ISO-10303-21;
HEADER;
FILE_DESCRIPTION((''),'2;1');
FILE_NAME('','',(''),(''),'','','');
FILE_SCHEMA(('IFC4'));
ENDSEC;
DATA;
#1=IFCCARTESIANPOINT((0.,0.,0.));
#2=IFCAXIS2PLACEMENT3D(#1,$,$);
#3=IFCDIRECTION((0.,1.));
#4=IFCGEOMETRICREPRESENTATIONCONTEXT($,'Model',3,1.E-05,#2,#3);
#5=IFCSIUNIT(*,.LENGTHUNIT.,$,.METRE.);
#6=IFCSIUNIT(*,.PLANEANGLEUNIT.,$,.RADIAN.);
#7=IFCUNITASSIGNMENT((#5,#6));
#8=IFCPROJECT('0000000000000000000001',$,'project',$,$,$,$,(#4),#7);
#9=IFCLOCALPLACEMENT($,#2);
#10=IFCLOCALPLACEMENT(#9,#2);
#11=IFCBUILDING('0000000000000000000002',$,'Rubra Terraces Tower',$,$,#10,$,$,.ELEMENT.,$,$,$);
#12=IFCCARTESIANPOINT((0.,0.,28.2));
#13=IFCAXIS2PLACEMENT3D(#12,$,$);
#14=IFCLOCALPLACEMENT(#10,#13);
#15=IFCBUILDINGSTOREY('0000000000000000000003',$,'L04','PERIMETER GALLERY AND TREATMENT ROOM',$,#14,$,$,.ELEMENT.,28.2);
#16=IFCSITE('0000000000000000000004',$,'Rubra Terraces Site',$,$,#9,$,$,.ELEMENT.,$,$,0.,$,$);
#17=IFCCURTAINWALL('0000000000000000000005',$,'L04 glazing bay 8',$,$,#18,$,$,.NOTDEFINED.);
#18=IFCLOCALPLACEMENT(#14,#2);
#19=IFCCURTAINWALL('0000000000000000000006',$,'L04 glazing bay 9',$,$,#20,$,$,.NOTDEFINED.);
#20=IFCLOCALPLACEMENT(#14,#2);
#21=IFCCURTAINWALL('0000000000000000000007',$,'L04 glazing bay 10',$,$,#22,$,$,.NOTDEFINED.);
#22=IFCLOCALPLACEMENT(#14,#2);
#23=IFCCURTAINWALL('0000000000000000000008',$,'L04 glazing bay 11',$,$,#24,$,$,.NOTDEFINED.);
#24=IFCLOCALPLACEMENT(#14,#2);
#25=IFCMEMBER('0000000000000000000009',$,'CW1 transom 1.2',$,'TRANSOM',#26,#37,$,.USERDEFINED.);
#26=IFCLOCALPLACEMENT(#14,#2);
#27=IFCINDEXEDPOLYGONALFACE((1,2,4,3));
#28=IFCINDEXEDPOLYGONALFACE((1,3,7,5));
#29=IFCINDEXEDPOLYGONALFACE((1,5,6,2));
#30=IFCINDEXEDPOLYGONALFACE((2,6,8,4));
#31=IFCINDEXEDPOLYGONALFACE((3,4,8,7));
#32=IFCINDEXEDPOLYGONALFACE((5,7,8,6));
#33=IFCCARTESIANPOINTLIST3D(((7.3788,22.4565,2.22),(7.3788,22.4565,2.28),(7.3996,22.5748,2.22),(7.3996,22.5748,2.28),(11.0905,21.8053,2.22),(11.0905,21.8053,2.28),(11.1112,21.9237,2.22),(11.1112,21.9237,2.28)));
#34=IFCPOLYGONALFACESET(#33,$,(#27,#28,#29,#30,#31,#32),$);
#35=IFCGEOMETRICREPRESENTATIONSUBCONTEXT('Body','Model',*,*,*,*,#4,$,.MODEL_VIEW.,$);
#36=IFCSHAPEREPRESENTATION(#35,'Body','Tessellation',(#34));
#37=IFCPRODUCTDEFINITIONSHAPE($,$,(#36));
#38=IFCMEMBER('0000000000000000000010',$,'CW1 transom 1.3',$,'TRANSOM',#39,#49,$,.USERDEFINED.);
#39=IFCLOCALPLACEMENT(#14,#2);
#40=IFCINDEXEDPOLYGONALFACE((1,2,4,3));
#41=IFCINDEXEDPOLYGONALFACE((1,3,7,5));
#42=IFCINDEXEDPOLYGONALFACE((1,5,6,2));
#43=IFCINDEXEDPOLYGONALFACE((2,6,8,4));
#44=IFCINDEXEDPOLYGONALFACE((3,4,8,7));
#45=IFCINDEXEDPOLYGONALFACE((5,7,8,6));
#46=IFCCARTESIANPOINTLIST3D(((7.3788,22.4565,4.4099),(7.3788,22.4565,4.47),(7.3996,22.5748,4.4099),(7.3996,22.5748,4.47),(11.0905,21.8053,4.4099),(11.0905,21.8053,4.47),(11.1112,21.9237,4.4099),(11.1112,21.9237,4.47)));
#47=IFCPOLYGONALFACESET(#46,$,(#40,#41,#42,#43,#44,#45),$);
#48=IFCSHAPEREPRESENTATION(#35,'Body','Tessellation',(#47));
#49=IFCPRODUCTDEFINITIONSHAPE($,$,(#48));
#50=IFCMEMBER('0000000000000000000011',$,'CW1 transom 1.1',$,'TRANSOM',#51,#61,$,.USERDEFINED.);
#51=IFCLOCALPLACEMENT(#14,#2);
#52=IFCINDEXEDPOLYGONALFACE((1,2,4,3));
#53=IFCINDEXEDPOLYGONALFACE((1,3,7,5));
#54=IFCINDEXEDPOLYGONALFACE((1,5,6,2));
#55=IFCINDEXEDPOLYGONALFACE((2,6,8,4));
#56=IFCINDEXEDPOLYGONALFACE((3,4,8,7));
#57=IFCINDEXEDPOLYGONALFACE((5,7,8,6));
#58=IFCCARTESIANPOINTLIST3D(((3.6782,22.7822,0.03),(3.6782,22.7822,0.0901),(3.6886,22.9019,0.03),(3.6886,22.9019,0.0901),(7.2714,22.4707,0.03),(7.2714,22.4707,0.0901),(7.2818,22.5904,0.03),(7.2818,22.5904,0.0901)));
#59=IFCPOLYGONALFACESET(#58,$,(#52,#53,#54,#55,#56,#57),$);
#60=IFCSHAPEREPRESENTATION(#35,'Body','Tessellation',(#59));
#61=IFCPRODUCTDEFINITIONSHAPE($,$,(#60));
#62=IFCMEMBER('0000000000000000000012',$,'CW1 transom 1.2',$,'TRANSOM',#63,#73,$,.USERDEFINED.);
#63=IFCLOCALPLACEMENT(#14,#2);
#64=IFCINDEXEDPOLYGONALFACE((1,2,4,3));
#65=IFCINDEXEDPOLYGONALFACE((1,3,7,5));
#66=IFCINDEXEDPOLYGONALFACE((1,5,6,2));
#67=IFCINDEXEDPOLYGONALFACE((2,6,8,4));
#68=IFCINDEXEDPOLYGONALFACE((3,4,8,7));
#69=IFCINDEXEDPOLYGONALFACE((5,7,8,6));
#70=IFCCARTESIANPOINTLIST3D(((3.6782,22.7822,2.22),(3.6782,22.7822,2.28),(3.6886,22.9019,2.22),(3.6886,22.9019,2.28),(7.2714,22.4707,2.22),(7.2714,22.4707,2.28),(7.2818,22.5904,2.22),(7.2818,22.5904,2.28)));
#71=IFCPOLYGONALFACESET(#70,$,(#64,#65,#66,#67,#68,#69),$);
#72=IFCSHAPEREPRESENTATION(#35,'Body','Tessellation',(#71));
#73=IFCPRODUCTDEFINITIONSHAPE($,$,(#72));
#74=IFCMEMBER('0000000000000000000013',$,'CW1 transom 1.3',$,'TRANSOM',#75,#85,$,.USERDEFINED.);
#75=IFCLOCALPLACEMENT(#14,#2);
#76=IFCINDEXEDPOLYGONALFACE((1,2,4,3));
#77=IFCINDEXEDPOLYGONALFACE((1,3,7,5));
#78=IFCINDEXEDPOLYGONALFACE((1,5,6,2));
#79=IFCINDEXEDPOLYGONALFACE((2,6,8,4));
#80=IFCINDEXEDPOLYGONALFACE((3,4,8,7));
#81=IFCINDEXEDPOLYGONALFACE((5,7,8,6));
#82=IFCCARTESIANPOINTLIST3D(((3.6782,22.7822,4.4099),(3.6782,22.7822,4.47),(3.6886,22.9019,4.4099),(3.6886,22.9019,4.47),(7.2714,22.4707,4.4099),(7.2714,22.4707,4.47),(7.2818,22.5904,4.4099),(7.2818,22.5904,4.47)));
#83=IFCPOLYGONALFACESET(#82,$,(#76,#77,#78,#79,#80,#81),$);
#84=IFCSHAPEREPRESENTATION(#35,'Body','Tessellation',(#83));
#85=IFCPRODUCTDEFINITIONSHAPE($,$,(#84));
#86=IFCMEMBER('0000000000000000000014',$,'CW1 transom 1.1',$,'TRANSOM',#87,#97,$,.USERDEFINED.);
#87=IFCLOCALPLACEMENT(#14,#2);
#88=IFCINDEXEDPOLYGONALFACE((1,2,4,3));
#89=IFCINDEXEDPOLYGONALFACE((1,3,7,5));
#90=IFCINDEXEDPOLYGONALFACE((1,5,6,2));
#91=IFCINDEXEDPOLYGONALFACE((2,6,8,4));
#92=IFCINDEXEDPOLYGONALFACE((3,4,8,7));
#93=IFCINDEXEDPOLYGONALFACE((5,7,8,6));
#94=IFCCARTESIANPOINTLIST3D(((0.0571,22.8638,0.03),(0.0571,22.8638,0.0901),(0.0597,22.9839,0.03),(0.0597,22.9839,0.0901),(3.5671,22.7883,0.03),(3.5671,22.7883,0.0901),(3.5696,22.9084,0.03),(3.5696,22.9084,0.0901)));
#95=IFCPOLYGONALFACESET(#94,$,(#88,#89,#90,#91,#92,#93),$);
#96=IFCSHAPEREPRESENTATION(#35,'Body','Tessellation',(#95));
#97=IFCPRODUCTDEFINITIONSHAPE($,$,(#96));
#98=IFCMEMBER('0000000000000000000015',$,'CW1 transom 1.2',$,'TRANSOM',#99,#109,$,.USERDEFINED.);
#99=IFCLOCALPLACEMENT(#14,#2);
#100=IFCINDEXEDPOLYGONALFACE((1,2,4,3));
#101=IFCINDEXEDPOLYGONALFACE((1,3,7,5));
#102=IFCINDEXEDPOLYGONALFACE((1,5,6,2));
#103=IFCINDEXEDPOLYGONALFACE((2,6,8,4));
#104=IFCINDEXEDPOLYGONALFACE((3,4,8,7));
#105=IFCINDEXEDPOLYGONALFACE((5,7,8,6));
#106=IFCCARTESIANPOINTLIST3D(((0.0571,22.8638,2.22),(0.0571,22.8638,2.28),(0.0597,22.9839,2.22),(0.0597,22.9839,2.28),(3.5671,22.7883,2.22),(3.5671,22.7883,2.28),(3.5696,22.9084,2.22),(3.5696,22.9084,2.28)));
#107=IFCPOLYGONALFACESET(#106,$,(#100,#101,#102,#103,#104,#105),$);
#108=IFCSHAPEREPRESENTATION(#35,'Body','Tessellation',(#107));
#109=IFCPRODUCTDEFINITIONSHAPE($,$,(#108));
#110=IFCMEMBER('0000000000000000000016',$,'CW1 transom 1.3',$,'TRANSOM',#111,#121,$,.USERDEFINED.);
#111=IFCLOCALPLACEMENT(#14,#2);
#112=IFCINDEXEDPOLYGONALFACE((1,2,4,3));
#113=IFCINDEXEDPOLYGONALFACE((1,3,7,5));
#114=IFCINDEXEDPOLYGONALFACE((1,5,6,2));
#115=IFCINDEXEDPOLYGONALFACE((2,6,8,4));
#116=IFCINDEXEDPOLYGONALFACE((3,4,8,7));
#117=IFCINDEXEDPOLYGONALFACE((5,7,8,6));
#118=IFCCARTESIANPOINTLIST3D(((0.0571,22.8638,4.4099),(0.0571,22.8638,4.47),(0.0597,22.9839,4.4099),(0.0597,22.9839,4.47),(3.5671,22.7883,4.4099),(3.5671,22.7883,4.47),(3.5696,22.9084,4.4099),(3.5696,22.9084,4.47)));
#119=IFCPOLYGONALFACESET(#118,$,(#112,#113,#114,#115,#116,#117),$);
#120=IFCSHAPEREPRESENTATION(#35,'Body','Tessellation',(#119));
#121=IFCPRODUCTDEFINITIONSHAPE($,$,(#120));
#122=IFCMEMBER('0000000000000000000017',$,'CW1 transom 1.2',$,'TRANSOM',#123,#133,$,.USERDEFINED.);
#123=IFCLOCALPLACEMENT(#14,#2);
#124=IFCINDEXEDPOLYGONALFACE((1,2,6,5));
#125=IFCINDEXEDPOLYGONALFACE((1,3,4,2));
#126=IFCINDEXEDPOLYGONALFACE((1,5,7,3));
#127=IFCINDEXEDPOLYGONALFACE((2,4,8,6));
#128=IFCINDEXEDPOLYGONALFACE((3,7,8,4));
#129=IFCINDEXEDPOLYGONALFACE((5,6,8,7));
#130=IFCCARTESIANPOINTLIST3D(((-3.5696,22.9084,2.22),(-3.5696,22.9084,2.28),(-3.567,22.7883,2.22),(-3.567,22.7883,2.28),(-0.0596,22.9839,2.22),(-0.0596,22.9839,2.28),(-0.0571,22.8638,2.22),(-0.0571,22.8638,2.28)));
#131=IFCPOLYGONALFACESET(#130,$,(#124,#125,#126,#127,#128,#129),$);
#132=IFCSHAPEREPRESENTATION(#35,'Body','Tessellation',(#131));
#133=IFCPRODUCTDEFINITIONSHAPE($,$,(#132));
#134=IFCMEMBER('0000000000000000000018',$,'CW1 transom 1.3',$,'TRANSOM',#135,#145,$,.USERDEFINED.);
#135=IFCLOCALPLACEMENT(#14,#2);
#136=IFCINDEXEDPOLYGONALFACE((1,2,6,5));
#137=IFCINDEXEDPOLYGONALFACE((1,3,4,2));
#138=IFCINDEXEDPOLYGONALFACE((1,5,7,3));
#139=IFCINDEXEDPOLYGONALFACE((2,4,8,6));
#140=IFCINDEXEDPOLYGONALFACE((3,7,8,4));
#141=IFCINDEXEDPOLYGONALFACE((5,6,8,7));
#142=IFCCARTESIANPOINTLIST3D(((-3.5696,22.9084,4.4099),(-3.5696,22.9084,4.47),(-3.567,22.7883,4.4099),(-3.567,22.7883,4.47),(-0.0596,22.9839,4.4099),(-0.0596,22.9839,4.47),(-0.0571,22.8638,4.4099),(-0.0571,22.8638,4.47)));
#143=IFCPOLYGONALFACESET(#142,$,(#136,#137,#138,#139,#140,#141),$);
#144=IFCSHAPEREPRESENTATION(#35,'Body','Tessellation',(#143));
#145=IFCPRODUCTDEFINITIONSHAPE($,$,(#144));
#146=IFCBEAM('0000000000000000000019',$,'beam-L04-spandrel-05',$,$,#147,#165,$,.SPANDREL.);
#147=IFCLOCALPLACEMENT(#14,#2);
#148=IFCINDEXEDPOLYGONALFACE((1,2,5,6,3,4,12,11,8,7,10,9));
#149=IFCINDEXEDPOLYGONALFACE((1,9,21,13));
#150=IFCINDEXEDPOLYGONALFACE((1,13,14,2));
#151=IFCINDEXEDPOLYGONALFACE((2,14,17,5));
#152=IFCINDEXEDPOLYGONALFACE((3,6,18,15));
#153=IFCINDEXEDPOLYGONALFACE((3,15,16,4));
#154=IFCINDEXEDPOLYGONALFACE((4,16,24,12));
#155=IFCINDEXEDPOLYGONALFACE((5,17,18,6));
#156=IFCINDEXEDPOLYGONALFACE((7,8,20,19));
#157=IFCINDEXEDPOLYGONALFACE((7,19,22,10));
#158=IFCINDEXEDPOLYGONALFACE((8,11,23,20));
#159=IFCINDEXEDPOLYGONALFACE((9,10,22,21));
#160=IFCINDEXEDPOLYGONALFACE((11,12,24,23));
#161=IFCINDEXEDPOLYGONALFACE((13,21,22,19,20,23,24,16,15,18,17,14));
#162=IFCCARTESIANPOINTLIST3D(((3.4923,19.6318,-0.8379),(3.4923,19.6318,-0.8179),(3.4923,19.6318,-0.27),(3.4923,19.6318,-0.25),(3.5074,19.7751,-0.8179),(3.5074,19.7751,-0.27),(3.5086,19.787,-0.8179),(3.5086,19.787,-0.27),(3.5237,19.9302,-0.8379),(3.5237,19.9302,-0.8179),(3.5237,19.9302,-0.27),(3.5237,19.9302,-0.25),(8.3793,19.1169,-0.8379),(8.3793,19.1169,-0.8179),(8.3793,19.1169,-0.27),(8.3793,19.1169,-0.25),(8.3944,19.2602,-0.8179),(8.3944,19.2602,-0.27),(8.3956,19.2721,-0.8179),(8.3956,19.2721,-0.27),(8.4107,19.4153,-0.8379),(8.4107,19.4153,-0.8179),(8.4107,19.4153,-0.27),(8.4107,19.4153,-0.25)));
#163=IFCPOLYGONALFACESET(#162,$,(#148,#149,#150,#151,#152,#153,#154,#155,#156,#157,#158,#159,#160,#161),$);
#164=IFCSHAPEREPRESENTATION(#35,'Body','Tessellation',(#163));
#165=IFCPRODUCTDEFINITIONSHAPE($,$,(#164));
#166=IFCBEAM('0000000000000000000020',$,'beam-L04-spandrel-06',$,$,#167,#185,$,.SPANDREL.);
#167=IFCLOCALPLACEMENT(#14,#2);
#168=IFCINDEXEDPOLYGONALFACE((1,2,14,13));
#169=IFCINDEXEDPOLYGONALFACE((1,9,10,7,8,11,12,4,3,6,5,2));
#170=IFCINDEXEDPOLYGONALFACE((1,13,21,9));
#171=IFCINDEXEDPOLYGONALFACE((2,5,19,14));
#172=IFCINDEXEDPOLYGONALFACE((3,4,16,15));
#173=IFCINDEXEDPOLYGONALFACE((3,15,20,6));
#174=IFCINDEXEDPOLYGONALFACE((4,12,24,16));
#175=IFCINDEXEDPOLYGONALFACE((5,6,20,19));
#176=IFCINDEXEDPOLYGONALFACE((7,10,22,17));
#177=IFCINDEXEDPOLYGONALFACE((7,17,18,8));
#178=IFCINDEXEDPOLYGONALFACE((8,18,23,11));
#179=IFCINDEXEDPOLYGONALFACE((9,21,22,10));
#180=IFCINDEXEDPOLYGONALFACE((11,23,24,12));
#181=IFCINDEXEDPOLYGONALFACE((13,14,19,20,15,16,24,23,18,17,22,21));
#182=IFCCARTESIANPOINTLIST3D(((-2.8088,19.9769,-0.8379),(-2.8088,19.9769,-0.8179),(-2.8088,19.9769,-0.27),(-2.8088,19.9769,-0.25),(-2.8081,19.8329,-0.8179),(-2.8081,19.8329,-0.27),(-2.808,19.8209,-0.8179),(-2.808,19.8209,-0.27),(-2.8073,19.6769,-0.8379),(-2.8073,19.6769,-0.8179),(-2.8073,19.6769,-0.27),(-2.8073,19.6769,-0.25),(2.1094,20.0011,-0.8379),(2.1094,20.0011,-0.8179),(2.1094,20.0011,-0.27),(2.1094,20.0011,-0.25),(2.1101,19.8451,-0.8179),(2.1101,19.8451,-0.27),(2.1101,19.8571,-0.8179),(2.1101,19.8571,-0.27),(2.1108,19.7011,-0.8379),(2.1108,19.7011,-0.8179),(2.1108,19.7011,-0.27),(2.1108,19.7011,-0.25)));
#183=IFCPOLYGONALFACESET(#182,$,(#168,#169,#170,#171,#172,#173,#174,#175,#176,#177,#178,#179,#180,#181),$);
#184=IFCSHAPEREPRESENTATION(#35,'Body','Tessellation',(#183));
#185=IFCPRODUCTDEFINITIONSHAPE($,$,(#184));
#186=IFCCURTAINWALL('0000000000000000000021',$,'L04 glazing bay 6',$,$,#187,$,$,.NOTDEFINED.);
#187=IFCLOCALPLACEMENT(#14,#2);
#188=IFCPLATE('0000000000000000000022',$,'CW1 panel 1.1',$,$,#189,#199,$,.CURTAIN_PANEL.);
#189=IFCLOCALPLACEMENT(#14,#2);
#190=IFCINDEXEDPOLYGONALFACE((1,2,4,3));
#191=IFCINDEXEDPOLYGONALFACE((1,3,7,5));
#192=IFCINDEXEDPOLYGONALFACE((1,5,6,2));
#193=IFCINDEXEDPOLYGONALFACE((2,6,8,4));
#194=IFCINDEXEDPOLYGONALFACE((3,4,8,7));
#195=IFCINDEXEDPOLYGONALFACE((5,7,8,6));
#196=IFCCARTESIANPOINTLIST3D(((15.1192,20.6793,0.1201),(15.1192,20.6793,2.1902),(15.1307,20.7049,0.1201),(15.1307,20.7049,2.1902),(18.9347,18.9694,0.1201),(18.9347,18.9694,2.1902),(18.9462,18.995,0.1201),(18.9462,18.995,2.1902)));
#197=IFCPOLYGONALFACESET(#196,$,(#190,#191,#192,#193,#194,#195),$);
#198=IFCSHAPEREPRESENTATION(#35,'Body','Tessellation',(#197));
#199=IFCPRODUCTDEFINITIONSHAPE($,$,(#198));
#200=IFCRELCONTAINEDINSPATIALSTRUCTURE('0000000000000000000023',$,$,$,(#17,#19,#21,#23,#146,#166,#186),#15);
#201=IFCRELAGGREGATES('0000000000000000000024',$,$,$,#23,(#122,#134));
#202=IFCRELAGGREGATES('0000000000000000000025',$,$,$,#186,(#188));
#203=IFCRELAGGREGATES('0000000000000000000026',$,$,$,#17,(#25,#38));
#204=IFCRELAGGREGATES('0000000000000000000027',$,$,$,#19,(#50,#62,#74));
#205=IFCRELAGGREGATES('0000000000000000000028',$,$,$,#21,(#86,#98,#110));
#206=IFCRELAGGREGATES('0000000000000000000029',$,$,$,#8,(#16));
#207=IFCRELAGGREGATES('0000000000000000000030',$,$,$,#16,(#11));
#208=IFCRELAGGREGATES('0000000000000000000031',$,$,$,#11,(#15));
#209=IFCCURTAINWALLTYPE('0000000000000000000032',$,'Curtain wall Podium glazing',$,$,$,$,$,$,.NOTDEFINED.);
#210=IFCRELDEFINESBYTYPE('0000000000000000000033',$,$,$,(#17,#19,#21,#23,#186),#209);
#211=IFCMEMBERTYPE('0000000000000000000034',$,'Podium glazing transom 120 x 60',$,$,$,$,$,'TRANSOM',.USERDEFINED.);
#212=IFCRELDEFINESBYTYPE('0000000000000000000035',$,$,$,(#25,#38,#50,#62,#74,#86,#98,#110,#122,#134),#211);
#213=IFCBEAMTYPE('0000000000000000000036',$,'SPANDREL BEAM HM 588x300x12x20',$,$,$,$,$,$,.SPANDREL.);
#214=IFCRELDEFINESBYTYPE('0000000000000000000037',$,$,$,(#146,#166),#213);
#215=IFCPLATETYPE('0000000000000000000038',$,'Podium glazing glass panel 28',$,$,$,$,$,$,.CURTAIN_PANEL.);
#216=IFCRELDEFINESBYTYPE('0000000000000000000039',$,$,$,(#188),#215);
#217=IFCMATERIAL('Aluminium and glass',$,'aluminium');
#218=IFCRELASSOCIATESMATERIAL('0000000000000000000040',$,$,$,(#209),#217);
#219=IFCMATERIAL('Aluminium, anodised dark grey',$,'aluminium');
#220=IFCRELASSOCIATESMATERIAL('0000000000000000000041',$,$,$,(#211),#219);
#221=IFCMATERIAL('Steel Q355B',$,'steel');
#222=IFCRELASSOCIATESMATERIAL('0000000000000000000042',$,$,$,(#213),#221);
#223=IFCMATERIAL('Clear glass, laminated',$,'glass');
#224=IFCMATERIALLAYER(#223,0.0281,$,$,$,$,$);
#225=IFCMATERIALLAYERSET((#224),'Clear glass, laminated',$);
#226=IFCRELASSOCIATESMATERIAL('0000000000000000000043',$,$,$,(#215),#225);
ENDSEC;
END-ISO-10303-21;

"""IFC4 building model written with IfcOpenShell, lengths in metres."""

from ifc_helpers import new_model, si_unit, direction, frame, origin, origin_2d, place, context, subcontext, project, spatial, rectangle, i_section, extrude, material, layer, layer_set, material_profile, profile_set, type_object, element, aggregate, save


model = new_model("IFC4")

# Units and contexts
model_context = context("Model", 3, precision=1e-05, world=origin(), true_north=direction((0.0, 1.0)))
body_context = subcontext(model_context, "Body", "Model", "MODEL_VIEW")
ifc_project = project(units=[si_unit("LENGTHUNIT", "METRE"), si_unit("PLANEANGLEUNIT", "RADIAN")], contexts=[model_context])

# Site, building, storey
site_placement = place(None, origin())
site = spatial("IfcSite", under=ifc_project, at=site_placement, Name="Rubra Terraces Site", CompositionType="ELEMENT", RefElevation=0.0)
building_placement = place(site_placement, origin())
building = spatial("IfcBuilding", under=site, at=building_placement, Name="Rubra Terraces Tower", CompositionType="ELEMENT")
storey_placement = place(building_placement, frame((0.0, 0.0, 28.2)))
storey = spatial("IfcBuildingStorey", under=building, at=storey_placement, Name="L04", Description="PERIMETER GALLERY AND TREATMENT ROOM", CompositionType="ELEMENT", Elevation=28.2)

# Shared definitions
ifc_material_1 = material(Name="Steel Q355B", Category="steel")

# Curtain walls
ifc_material_2 = material(Name="Aluminium and glass", Category="aluminium")
curtain_wall_type = type_object("IfcCurtainWallType", Name="Curtain wall Podium glazing", PredefinedType="NOTDEFINED", material=ifc_material_2)
ifc_material_3 = material(Name="Aluminium, anodised dark grey", Category="aluminium")
curtain_wall_1_placement = place(storey_placement, origin())
curtain_wall_1 = element("IfcCurtainWall", 1, at=curtain_wall_1_placement, inside=storey, type_object=curtain_wall_type, Name="L04 glazing bay 8", PredefinedType="NOTDEFINED")
curtain_wall_2_placement = place(storey_placement, origin())
curtain_wall_2 = element("IfcCurtainWall", 2, at=curtain_wall_2_placement, inside=storey, type_object=curtain_wall_type, Name="L04 glazing bay 9", PredefinedType="NOTDEFINED")
curtain_wall_3_placement = place(storey_placement, origin())
curtain_wall_3 = element("IfcCurtainWall", 3, at=curtain_wall_3_placement, inside=storey, type_object=curtain_wall_type, Name="L04 glazing bay 10", PredefinedType="NOTDEFINED")
curtain_wall_4_placement = place(storey_placement, origin())
curtain_wall_4 = element("IfcCurtainWall", 4, at=curtain_wall_4_placement, inside=storey, type_object=curtain_wall_type, Name="L04 glazing bay 11", PredefinedType="NOTDEFINED")

# Members
ifc_material_profile_1 = material_profile(ifc_material_3, rectangle(XDim=0.1201, YDim=0.0601, at=origin_2d()), Name="AL 120x60")
ifc_profile_set_1 = profile_set([ifc_material_profile_1], Name="Aluminium, anodised dark grey")
member_type_1 = type_object("IfcMemberType", Name="Podium glazing transom 120 x 60", ElementType="TRANSOM", PredefinedType="USERDEFINED", material=ifc_profile_set_1)
member_1_placement = place(storey_placement, frame((11.1008, 21.8645, 2.25), z_axis=(-0.984959, 0.172787, 0.0), x_axis=(-0.172787, -0.984959, 0.0)))
member_1 = element("IfcMember", 5, at=member_1_placement, type_object=member_type_1, Name="CW1 transom 1.2", ObjectType="TRANSOM", PredefinedType="USERDEFINED", context=body_context, shape_type="SweptSolid", body=[
    extrude(rectangle(XDim=0.1201, YDim=0.0601, at=origin_2d()), origin(), (0.0, 0.0, 1.0), 3.7683),
])
member_2_placement = place(storey_placement, frame((11.1008, 21.8645, 4.4399), z_axis=(-0.984959, 0.172787, 0.0), x_axis=(-0.172787, -0.984959, 0.0)))
member_2 = element("IfcMember", 6, at=member_2_placement, type_object=member_type_1, Name="CW1 transom 1.3", ObjectType="TRANSOM", PredefinedType="USERDEFINED", context=body_context, shape_type="SweptSolid", body=[
    extrude(rectangle(XDim=0.1201, YDim=0.0601, at=origin_2d()), origin(), (0.0, 0.0, 1.0), 3.7683),
])
member_3_placement = place(storey_placement, frame((7.2766, 22.5305, 0.0601), z_axis=(-0.996263, 0.086373, 0.0), x_axis=(-0.086373, -0.996263, 0.0)))
member_3 = element("IfcMember", 7, at=member_3_placement, type_object=member_type_1, Name="CW1 transom 1.1", ObjectType="TRANSOM", PredefinedType="USERDEFINED", context=body_context, shape_type="SweptSolid", body=[
    extrude(rectangle(XDim=0.1201, YDim=0.0601, at=origin_2d()), origin(), (0.0, 0.0, 1.0), 3.6067),
])
member_4_placement = place(storey_placement, frame((7.2766, 22.5305, 2.25), z_axis=(-0.996263, 0.086373, 0.0), x_axis=(-0.086373, -0.996263, 0.0)))
member_4 = element("IfcMember", 8, at=member_4_placement, type_object=member_type_1, Name="CW1 transom 1.2", ObjectType="TRANSOM", PredefinedType="USERDEFINED", context=body_context, shape_type="SweptSolid", body=[
    extrude(rectangle(XDim=0.1201, YDim=0.0601, at=origin_2d()), origin(), (0.0, 0.0, 1.0), 3.6067),
])
member_5_placement = place(storey_placement, frame((7.2766, 22.5305, 4.4399), z_axis=(-0.996263, 0.086373, 0.0), x_axis=(-0.086373, -0.996263, 0.0)))
member_5 = element("IfcMember", 9, at=member_5_placement, type_object=member_type_1, Name="CW1 transom 1.3", ObjectType="TRANSOM", PredefinedType="USERDEFINED", context=body_context, shape_type="SweptSolid", body=[
    extrude(rectangle(XDim=0.1201, YDim=0.0601, at=origin_2d()), origin(), (0.0, 0.0, 1.0), 3.6067),
])
member_6_placement = place(storey_placement, frame((3.5684, 22.8484, 0.0601), z_axis=(-0.999769, 0.021488, 0.0), x_axis=(-0.021488, -0.999769, 0.0)))
member_6 = element("IfcMember", 10, at=member_6_placement, type_object=member_type_1, Name="CW1 transom 1.1", ObjectType="TRANSOM", PredefinedType="USERDEFINED", context=body_context, shape_type="SweptSolid", body=[
    extrude(rectangle(XDim=0.1201, YDim=0.0601, at=origin_2d()), origin(), (0.0, 0.0, 1.0), 3.5107),
])
member_7_placement = place(storey_placement, frame((3.5684, 22.8484, 2.25), z_axis=(-0.999769, 0.021488, 0.0), x_axis=(-0.021488, -0.999769, 0.0)))
member_7 = element("IfcMember", 11, at=member_7_placement, type_object=member_type_1, Name="CW1 transom 1.2", ObjectType="TRANSOM", PredefinedType="USERDEFINED", context=body_context, shape_type="SweptSolid", body=[
    extrude(rectangle(XDim=0.1201, YDim=0.0601, at=origin_2d()), origin(), (0.0, 0.0, 1.0), 3.5107),
])
member_8_placement = place(storey_placement, frame((3.5684, 22.8484, 4.4399), z_axis=(-0.999769, 0.021488, 0.0), x_axis=(-0.021488, -0.999769, 0.0)))
member_8 = element("IfcMember", 12, at=member_8_placement, type_object=member_type_1, Name="CW1 transom 1.3", ObjectType="TRANSOM", PredefinedType="USERDEFINED", context=body_context, shape_type="SweptSolid", body=[
    extrude(rectangle(XDim=0.1201, YDim=0.0601, at=origin_2d()), origin(), (0.0, 0.0, 1.0), 3.5107),
])
member_9_placement = place(storey_placement, frame((-0.0583, 22.9238, 2.25), z_axis=(-0.999769, -0.021488, 0.0), x_axis=(0.021488, -0.999769, 0.0)))
member_9 = element("IfcMember", 13, at=member_9_placement, type_object=member_type_1, Name="CW1 transom 1.2", ObjectType="TRANSOM", PredefinedType="USERDEFINED", context=body_context, shape_type="SweptSolid", body=[
    extrude(rectangle(XDim=0.1201, YDim=0.0601, at=origin_2d()), origin(), (0.0, 0.0, 1.0), 3.5107),
])
member_10_placement = place(storey_placement, frame((-0.0583, 22.9238, 4.4399), z_axis=(-0.999769, -0.021488, 0.0), x_axis=(0.021488, -0.999769, 0.0)))
member_10 = element("IfcMember", 14, at=member_10_placement, type_object=member_type_1, Name="CW1 transom 1.3", ObjectType="TRANSOM", PredefinedType="USERDEFINED", context=body_context, shape_type="SweptSolid", body=[
    extrude(rectangle(XDim=0.1201, YDim=0.0601, at=origin_2d()), origin(), (0.0, 0.0, 1.0), 3.5107),
])
aggregate(curtain_wall_4, [member_9, member_10])

# Beams
ifc_material_profile_2 = material_profile(ifc_material_1, i_section(OverallWidth=0.3, OverallDepth=0.5879, WebThickness=0.012, FlangeThickness=0.02, at=origin_2d()), Name="HM 588x300x12x20")
ifc_profile_set_2 = profile_set([ifc_material_profile_2], Name="Steel Q355B")
beam_type_1 = type_object("IfcBeamType", Name="SPANDREL BEAM HM 588x300x12x20", PredefinedType="SPANDREL", material=ifc_profile_set_2)
beam_1_placement = place(storey_placement, frame((8.395, 19.2661, -0.5439), z_axis=(-0.994495, 0.10478, 0.0), x_axis=(-0.10478, -0.994495, 0.0)))
element("IfcBeam", 15, at=beam_1_placement, inside=storey, type_object=beam_type_1, Name="beam-L04-spandrel-05", PredefinedType="SPANDREL", context=body_context, shape_type="SweptSolid", body=[
    extrude(i_section(OverallWidth=0.3, OverallDepth=0.5879, WebThickness=0.012, FlangeThickness=0.02, at=origin_2d()), origin(), (0.0, 0.0, 1.0), 4.9141),
])
beam_2_placement = place(storey_placement, frame((2.1101, 19.8511, -0.5439), z_axis=(-0.999988, -0.004914, 0.0), x_axis=(0.004914, -0.999988, 0.0)))
element("IfcBeam", 16, at=beam_2_placement, inside=storey, type_object=beam_type_1, Name="beam-L04-spandrel-06", PredefinedType="SPANDREL", context=body_context, shape_type="SweptSolid", body=[
    extrude(i_section(OverallWidth=0.3, OverallDepth=0.5879, WebThickness=0.012, FlangeThickness=0.02, at=origin_2d()), origin(), (0.0, 0.0, 1.0), 4.9182),
])

# Curtain wall, plate
curtain_wall_5_placement = place(storey_placement, origin())
curtain_wall_5 = element("IfcCurtainWall", 17, at=curtain_wall_5_placement, inside=storey, type_object=curtain_wall_type, Name="L04 glazing bay 6", PredefinedType="NOTDEFINED")
ifc_material_4 = material(Name="Clear glass, laminated", Category="glass")
ifc_layer = layer(ifc_material_4, 0.0281)
ifc_layer_set = layer_set([ifc_layer], Name="Clear glass, laminated")
plate_type = type_object("IfcPlateType", Name="Podium glazing glass panel 28", PredefinedType="CURTAIN_PANEL", material=ifc_layer_set)
plate_1_placement = place(storey_placement, frame((17.0327, 19.8372, 0.1201), z_axis=(0.0, 0.0, 1.0), x_axis=(-0.912551, 0.408962, 0.0)))
plate_1 = element("IfcPlate", 18, at=plate_1_placement, type_object=plate_type, Name="CW1 panel 1.1", PredefinedType="CURTAIN_PANEL", context=body_context, shape_type="SweptSolid", body=[
    extrude(rectangle(XDim=4.1812, YDim=0.0281, at=origin_2d()), origin(), (0.0, 0.0, 1.0), 2.0701),
])
aggregate(curtain_wall_5, [plate_1])

aggregate(curtain_wall_1, [member_1, member_2])
aggregate(curtain_wall_2, [member_3, member_4, member_5])
aggregate(curtain_wall_3, [member_6, member_7, member_8])

save(model, "model.ifc")
